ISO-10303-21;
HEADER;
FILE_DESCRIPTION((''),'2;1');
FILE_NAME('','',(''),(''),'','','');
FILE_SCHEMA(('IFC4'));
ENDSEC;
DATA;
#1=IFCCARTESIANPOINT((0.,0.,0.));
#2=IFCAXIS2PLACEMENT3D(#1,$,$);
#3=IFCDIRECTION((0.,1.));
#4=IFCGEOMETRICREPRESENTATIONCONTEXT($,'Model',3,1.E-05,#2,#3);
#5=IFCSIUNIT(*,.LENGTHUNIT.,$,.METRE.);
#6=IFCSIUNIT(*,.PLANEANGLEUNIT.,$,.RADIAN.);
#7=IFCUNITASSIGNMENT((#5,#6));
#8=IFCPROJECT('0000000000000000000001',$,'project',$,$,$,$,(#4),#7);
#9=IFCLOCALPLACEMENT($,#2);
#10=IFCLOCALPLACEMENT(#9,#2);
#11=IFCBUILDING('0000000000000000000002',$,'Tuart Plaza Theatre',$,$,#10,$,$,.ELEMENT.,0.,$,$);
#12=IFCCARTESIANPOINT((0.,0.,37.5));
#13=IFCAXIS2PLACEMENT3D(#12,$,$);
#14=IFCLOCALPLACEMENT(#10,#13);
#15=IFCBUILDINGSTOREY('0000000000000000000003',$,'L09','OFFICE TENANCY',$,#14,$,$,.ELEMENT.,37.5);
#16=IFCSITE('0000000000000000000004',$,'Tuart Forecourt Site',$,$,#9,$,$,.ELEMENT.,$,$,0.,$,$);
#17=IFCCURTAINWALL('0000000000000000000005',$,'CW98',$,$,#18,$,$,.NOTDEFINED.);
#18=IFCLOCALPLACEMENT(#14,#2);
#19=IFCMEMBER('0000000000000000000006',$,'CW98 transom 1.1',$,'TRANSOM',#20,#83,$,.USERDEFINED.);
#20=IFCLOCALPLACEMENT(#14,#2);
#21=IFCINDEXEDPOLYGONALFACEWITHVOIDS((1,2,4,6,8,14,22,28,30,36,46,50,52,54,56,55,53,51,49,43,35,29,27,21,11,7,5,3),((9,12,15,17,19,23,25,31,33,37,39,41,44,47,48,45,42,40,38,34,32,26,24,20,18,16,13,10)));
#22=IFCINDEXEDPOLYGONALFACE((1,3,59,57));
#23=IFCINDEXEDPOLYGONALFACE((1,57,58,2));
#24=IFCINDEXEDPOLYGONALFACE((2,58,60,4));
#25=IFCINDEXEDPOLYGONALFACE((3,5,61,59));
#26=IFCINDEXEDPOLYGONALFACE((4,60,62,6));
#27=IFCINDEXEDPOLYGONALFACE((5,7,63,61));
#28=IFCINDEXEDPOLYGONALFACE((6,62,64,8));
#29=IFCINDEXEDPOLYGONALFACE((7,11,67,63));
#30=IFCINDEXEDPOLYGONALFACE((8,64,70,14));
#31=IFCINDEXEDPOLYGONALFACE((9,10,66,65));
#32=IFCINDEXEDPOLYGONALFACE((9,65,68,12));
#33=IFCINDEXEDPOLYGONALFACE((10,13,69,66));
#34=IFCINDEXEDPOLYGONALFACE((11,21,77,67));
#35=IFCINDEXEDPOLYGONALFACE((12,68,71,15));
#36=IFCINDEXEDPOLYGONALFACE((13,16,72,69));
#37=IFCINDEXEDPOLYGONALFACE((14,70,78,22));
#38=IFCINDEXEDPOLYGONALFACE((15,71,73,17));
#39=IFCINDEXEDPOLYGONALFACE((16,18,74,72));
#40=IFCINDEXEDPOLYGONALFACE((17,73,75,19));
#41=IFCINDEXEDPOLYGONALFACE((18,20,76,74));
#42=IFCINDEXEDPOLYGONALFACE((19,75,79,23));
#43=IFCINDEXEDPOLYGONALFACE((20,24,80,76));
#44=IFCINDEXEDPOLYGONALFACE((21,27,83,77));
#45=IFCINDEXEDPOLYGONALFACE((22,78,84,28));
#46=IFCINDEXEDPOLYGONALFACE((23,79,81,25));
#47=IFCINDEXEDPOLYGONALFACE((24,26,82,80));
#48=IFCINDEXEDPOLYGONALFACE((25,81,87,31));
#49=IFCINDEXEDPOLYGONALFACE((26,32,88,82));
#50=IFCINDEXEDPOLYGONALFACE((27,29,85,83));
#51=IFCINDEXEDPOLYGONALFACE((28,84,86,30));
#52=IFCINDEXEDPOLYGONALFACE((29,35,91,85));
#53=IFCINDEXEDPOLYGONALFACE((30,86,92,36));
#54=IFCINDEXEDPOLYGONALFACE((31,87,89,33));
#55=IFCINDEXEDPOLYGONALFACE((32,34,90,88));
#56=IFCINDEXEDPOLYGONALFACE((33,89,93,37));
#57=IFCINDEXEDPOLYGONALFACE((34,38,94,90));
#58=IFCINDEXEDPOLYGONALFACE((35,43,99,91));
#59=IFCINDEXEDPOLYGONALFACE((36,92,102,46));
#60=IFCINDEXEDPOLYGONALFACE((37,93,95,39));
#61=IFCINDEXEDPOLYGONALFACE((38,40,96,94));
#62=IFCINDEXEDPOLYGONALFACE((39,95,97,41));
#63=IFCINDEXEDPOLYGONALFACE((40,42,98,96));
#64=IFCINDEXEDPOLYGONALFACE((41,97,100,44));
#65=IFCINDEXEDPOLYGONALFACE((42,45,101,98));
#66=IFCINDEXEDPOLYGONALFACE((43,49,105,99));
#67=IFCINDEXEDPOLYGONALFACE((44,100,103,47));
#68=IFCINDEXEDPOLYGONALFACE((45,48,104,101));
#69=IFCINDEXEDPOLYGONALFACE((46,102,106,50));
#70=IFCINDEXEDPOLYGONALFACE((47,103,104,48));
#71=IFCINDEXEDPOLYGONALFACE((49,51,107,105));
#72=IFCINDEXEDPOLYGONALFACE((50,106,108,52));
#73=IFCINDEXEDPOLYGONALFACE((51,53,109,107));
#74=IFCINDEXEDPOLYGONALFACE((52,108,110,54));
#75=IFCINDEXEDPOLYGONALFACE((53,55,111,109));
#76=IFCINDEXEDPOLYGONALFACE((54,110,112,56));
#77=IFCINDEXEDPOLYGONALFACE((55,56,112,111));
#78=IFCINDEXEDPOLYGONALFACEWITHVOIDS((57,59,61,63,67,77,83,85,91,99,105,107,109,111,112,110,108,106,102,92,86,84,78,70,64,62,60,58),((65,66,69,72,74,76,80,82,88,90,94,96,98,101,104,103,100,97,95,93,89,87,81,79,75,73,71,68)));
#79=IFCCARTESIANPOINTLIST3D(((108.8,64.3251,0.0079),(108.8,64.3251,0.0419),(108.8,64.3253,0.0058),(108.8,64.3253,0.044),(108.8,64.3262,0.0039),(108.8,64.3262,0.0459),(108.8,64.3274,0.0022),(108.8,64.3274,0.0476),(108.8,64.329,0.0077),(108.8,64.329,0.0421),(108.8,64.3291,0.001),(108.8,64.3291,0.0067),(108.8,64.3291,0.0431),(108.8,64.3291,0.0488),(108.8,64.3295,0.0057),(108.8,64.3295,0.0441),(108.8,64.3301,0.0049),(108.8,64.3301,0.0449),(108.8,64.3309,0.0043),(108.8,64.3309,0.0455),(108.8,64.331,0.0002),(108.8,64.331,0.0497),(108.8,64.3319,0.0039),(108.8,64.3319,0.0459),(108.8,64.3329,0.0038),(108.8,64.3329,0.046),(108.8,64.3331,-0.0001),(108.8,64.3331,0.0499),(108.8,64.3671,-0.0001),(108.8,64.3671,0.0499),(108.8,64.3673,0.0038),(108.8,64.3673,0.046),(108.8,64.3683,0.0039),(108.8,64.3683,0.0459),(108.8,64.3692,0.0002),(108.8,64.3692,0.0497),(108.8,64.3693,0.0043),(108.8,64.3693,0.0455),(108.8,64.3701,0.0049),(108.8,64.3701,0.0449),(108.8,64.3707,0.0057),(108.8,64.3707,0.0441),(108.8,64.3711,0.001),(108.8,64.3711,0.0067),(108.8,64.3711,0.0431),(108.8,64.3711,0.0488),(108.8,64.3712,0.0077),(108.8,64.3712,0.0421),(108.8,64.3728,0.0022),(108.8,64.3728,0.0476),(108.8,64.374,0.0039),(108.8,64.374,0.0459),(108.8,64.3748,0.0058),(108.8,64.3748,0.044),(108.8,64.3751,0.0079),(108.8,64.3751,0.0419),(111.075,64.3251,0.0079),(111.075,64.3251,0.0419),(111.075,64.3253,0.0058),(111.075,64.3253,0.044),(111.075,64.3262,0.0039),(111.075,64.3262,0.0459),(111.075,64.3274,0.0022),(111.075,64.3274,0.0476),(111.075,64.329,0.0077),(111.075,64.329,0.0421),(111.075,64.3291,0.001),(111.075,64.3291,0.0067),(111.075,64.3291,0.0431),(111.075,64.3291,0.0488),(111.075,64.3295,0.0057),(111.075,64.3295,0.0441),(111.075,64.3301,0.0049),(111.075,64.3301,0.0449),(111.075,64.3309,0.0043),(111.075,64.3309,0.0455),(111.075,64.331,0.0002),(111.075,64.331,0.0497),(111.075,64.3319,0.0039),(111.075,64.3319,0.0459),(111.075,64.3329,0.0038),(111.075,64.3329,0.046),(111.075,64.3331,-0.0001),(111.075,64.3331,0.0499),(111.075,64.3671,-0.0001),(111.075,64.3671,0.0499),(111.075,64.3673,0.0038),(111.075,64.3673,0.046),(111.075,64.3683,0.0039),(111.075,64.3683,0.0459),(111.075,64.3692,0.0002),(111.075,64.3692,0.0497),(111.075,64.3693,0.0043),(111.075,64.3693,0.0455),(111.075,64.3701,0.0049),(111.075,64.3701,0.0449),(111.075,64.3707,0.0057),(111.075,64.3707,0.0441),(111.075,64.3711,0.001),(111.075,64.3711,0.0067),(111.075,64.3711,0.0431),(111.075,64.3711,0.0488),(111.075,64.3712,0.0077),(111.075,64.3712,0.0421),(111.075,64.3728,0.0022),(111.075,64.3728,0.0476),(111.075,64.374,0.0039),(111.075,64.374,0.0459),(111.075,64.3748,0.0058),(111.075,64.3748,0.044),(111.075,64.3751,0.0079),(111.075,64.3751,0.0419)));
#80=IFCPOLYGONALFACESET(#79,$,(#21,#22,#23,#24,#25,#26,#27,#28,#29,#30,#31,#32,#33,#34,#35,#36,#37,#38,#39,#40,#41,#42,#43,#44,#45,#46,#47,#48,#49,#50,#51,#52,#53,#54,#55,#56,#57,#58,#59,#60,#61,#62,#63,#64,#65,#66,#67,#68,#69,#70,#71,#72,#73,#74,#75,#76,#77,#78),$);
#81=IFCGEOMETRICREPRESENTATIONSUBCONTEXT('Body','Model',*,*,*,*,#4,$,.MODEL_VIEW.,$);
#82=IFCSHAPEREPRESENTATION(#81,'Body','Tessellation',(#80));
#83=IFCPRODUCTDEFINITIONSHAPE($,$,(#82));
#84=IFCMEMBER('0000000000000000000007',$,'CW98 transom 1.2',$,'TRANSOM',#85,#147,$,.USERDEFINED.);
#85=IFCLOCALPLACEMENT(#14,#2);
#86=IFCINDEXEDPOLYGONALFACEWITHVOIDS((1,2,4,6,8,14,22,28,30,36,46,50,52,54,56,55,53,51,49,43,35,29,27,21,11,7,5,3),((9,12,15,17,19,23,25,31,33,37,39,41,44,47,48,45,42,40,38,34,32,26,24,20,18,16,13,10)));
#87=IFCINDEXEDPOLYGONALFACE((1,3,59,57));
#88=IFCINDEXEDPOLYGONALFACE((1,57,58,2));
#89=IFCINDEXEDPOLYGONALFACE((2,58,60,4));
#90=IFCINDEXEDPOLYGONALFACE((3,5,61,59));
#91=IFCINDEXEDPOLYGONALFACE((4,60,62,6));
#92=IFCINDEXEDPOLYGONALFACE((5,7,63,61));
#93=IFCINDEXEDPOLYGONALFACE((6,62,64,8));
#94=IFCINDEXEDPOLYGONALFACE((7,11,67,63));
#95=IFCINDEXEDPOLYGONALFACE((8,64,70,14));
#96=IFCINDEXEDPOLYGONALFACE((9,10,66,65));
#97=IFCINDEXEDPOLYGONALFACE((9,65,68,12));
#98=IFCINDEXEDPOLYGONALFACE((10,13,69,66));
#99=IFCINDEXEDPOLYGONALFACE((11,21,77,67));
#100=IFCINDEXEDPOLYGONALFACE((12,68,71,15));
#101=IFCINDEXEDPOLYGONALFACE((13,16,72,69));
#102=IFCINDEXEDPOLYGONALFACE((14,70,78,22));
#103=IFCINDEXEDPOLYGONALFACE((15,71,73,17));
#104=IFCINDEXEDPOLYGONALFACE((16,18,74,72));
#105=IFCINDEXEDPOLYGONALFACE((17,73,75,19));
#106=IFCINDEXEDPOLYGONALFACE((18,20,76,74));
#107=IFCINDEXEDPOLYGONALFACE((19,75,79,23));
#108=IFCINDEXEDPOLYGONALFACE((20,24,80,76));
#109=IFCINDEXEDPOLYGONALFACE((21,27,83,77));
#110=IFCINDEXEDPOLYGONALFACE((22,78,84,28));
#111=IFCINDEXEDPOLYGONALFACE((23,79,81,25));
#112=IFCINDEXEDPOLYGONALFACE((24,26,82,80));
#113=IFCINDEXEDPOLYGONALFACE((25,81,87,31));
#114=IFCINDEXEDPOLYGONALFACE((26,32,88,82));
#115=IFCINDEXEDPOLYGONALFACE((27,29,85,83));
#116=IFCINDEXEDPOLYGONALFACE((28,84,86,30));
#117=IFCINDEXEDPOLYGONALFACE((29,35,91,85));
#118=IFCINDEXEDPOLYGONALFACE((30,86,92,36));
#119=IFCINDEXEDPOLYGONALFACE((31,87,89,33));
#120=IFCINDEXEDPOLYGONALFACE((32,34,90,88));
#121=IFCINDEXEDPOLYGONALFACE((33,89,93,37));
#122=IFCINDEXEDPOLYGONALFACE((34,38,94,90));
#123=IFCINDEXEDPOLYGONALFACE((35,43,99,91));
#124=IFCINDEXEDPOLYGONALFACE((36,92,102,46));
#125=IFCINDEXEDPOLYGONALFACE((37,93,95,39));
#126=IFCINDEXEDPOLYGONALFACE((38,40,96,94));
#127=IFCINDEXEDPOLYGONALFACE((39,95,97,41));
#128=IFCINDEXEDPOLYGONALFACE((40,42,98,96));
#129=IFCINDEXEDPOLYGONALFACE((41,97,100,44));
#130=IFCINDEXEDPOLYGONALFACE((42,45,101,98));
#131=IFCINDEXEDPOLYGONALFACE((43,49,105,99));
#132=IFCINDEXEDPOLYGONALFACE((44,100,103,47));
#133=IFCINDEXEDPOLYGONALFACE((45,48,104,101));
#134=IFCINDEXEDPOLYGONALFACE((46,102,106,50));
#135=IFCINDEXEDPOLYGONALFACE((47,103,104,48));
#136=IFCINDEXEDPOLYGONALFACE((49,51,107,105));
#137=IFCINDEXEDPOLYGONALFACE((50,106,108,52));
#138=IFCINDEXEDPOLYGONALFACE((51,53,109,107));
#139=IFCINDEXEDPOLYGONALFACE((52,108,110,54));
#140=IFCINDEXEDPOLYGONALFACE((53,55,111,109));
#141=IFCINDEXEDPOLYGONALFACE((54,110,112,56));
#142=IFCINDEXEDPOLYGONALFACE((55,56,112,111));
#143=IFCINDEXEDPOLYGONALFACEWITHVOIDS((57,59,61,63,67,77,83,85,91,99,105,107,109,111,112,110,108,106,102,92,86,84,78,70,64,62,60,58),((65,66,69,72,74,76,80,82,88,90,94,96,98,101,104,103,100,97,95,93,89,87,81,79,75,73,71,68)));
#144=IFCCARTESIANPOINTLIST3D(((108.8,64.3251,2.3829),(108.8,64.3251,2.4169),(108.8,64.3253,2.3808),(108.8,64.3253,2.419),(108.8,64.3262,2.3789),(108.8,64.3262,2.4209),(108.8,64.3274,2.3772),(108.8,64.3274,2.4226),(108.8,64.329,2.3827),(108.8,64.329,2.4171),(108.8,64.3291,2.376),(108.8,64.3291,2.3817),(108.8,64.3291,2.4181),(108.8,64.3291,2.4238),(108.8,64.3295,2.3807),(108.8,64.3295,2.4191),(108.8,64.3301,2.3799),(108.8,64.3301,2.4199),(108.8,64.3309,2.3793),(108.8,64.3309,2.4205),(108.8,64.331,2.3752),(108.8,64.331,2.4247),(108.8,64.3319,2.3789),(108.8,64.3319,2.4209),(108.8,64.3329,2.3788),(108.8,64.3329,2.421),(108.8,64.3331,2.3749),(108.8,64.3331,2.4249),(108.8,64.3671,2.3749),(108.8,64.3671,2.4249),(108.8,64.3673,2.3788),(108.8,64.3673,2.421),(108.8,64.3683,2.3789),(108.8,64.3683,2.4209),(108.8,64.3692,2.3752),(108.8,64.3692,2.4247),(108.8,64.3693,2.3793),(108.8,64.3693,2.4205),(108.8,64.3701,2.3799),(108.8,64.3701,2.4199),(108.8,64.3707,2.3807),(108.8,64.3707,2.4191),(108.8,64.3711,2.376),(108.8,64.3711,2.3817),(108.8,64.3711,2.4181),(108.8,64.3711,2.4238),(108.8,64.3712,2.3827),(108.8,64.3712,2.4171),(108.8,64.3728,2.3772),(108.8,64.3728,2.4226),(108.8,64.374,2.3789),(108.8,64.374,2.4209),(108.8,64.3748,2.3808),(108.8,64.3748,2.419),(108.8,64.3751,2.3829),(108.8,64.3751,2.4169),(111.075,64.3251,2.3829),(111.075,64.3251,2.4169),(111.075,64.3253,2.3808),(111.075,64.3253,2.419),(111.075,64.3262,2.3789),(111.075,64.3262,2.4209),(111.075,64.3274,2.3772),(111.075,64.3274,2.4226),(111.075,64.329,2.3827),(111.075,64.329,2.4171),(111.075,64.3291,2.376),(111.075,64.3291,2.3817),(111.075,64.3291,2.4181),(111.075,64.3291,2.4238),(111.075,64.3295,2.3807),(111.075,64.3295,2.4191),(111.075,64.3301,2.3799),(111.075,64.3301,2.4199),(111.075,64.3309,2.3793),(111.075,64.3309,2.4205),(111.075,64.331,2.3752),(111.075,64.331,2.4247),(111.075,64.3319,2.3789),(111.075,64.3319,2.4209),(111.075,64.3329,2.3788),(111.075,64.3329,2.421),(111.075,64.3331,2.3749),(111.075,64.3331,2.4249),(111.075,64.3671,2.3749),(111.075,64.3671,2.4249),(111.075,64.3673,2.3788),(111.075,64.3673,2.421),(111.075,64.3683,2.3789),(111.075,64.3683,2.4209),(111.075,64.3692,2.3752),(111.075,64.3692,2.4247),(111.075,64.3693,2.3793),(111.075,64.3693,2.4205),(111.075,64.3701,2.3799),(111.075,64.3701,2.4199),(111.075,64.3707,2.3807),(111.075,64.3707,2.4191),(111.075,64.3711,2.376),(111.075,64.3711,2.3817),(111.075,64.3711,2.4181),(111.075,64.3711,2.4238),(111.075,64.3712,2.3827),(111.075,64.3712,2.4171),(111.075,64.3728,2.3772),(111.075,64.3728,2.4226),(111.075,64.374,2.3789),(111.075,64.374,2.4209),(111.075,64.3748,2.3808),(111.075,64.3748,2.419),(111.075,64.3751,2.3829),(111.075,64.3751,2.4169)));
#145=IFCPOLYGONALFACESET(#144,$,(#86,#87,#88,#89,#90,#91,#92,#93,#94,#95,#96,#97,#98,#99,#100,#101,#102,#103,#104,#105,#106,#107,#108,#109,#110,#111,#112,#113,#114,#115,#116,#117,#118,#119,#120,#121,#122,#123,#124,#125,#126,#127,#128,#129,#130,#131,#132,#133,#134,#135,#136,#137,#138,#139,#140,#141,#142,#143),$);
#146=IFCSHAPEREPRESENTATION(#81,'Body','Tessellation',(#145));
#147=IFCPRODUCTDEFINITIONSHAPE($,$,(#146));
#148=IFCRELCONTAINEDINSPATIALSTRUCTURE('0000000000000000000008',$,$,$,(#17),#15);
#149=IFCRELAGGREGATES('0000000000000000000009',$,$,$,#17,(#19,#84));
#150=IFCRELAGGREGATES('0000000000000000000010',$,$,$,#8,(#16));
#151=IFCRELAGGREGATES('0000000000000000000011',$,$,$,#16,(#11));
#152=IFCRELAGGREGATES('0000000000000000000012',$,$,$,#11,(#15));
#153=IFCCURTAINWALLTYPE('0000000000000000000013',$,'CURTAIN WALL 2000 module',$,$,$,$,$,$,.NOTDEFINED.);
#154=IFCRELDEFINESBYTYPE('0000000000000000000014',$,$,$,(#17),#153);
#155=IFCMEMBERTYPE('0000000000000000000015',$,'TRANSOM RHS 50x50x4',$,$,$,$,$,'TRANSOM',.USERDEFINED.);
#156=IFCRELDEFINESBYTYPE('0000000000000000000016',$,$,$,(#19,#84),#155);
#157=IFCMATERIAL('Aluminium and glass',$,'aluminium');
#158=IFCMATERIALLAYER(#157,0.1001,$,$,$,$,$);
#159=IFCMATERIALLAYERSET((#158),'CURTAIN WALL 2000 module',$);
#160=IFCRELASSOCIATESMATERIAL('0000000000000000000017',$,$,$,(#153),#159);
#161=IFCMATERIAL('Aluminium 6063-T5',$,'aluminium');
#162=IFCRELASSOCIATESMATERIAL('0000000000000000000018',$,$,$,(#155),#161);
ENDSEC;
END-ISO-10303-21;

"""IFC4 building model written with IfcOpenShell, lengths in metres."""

from ifc_helpers import new_model, si_unit, direction, frame, origin, origin_2d, place, context, subcontext, project, spatial, hollow_rectangle, extrude, material, layer, layer_set, material_profile, profile_set, type_object, element, aggregate, save


model = new_model("IFC4")

# Units and contexts
model_context = context("Model", 3, precision=1e-05, world=origin(), true_north=direction((0.0, 1.0)))
body_context = subcontext(model_context, "Body", "Model", "MODEL_VIEW")
ifc_project = project(units=[si_unit("LENGTHUNIT", "METRE"), si_unit("PLANEANGLEUNIT", "RADIAN")], contexts=[model_context])

# Site, building, storey
site_placement = place(None, origin())
site = spatial("IfcSite", under=ifc_project, at=site_placement, Name="Tuart Forecourt Site", CompositionType="ELEMENT", RefElevation=0.0)
building_placement = place(site_placement, origin())
building = spatial("IfcBuilding", under=site, at=building_placement, Name="Tuart Plaza Theatre", CompositionType="ELEMENT", ElevationOfRefHeight=0.0)
storey_placement = place(building_placement, frame((0.0, 0.0, 37.5)))
storey = spatial("IfcBuildingStorey", under=building, at=storey_placement, Name="L09", Description="OFFICE TENANCY", CompositionType="ELEMENT", Elevation=37.5)

# Curtain wall, members
ifc_material_1 = material(Name="Aluminium and glass", Category="aluminium")
ifc_layer_1 = layer(ifc_material_1, 0.1001)
ifc_layer_set_1 = layer_set([ifc_layer_1], Name="CURTAIN WALL 2000 module")
curtain_wall_type_1 = type_object("IfcCurtainWallType", Name="CURTAIN WALL 2000 module", PredefinedType="NOTDEFINED", material=ifc_layer_set_1)
curtain_wall_1_placement = place(storey_placement, origin())
curtain_wall_1 = element("IfcCurtainWall", 1, at=curtain_wall_1_placement, inside=storey, type_object=curtain_wall_type_1, Name="CW98", PredefinedType="NOTDEFINED")
ifc_material_2 = material(Name="Aluminium 6063-T5", Category="aluminium")
ifc_material_profile_1 = material_profile(ifc_material_2, hollow_rectangle(XDim=0.05, YDim=0.05, WallThickness=0.0039, InnerFilletRadius=0.0039, OuterFilletRadius=0.0081, at=origin_2d()), Name="RHS 50x50x4")
ifc_profile_set_1 = profile_set([ifc_material_profile_1], Name="Aluminium 6063-T5")
member_type_1 = type_object("IfcMemberType", Name="TRANSOM RHS 50x50x4", ElementType="TRANSOM", PredefinedType="USERDEFINED", material=ifc_profile_set_1)
member_1_placement = place(storey_placement, frame((108.8, 64.3501, 0.0249), z_axis=(1.0, 0.0, 0.0), x_axis=(0.0, 1.0, 0.0)))
member_1 = element("IfcMember", 2, at=member_1_placement, type_object=member_type_1, Name="CW98 transom 1.1", ObjectType="TRANSOM", PredefinedType="USERDEFINED", context=body_context, shape_type="SweptSolid", body=[
    extrude(hollow_rectangle(XDim=0.05, YDim=0.05, WallThickness=0.0039, InnerFilletRadius=0.0039, OuterFilletRadius=0.0081, at=origin_2d()), origin(), (0.0, 0.0, 1.0), 2.2749),
])
member_2_placement = place(storey_placement, frame((108.8, 64.3501, 2.3999), z_axis=(1.0, 0.0, 0.0), x_axis=(0.0, 1.0, 0.0)))
member_2 = element("IfcMember", 3, at=member_2_placement, type_object=member_type_1, Name="CW98 transom 1.2", ObjectType="TRANSOM", PredefinedType="USERDEFINED", context=body_context, shape_type="SweptSolid", body=[
    extrude(hollow_rectangle(XDim=0.05, YDim=0.05, WallThickness=0.0039, InnerFilletRadius=0.0039, OuterFilletRadius=0.0081, at=origin_2d()), origin(), (0.0, 0.0, 1.0), 2.2749),
])
aggregate(curtain_wall_1, [member_1, member_2])

save(model, "model.ifc")
